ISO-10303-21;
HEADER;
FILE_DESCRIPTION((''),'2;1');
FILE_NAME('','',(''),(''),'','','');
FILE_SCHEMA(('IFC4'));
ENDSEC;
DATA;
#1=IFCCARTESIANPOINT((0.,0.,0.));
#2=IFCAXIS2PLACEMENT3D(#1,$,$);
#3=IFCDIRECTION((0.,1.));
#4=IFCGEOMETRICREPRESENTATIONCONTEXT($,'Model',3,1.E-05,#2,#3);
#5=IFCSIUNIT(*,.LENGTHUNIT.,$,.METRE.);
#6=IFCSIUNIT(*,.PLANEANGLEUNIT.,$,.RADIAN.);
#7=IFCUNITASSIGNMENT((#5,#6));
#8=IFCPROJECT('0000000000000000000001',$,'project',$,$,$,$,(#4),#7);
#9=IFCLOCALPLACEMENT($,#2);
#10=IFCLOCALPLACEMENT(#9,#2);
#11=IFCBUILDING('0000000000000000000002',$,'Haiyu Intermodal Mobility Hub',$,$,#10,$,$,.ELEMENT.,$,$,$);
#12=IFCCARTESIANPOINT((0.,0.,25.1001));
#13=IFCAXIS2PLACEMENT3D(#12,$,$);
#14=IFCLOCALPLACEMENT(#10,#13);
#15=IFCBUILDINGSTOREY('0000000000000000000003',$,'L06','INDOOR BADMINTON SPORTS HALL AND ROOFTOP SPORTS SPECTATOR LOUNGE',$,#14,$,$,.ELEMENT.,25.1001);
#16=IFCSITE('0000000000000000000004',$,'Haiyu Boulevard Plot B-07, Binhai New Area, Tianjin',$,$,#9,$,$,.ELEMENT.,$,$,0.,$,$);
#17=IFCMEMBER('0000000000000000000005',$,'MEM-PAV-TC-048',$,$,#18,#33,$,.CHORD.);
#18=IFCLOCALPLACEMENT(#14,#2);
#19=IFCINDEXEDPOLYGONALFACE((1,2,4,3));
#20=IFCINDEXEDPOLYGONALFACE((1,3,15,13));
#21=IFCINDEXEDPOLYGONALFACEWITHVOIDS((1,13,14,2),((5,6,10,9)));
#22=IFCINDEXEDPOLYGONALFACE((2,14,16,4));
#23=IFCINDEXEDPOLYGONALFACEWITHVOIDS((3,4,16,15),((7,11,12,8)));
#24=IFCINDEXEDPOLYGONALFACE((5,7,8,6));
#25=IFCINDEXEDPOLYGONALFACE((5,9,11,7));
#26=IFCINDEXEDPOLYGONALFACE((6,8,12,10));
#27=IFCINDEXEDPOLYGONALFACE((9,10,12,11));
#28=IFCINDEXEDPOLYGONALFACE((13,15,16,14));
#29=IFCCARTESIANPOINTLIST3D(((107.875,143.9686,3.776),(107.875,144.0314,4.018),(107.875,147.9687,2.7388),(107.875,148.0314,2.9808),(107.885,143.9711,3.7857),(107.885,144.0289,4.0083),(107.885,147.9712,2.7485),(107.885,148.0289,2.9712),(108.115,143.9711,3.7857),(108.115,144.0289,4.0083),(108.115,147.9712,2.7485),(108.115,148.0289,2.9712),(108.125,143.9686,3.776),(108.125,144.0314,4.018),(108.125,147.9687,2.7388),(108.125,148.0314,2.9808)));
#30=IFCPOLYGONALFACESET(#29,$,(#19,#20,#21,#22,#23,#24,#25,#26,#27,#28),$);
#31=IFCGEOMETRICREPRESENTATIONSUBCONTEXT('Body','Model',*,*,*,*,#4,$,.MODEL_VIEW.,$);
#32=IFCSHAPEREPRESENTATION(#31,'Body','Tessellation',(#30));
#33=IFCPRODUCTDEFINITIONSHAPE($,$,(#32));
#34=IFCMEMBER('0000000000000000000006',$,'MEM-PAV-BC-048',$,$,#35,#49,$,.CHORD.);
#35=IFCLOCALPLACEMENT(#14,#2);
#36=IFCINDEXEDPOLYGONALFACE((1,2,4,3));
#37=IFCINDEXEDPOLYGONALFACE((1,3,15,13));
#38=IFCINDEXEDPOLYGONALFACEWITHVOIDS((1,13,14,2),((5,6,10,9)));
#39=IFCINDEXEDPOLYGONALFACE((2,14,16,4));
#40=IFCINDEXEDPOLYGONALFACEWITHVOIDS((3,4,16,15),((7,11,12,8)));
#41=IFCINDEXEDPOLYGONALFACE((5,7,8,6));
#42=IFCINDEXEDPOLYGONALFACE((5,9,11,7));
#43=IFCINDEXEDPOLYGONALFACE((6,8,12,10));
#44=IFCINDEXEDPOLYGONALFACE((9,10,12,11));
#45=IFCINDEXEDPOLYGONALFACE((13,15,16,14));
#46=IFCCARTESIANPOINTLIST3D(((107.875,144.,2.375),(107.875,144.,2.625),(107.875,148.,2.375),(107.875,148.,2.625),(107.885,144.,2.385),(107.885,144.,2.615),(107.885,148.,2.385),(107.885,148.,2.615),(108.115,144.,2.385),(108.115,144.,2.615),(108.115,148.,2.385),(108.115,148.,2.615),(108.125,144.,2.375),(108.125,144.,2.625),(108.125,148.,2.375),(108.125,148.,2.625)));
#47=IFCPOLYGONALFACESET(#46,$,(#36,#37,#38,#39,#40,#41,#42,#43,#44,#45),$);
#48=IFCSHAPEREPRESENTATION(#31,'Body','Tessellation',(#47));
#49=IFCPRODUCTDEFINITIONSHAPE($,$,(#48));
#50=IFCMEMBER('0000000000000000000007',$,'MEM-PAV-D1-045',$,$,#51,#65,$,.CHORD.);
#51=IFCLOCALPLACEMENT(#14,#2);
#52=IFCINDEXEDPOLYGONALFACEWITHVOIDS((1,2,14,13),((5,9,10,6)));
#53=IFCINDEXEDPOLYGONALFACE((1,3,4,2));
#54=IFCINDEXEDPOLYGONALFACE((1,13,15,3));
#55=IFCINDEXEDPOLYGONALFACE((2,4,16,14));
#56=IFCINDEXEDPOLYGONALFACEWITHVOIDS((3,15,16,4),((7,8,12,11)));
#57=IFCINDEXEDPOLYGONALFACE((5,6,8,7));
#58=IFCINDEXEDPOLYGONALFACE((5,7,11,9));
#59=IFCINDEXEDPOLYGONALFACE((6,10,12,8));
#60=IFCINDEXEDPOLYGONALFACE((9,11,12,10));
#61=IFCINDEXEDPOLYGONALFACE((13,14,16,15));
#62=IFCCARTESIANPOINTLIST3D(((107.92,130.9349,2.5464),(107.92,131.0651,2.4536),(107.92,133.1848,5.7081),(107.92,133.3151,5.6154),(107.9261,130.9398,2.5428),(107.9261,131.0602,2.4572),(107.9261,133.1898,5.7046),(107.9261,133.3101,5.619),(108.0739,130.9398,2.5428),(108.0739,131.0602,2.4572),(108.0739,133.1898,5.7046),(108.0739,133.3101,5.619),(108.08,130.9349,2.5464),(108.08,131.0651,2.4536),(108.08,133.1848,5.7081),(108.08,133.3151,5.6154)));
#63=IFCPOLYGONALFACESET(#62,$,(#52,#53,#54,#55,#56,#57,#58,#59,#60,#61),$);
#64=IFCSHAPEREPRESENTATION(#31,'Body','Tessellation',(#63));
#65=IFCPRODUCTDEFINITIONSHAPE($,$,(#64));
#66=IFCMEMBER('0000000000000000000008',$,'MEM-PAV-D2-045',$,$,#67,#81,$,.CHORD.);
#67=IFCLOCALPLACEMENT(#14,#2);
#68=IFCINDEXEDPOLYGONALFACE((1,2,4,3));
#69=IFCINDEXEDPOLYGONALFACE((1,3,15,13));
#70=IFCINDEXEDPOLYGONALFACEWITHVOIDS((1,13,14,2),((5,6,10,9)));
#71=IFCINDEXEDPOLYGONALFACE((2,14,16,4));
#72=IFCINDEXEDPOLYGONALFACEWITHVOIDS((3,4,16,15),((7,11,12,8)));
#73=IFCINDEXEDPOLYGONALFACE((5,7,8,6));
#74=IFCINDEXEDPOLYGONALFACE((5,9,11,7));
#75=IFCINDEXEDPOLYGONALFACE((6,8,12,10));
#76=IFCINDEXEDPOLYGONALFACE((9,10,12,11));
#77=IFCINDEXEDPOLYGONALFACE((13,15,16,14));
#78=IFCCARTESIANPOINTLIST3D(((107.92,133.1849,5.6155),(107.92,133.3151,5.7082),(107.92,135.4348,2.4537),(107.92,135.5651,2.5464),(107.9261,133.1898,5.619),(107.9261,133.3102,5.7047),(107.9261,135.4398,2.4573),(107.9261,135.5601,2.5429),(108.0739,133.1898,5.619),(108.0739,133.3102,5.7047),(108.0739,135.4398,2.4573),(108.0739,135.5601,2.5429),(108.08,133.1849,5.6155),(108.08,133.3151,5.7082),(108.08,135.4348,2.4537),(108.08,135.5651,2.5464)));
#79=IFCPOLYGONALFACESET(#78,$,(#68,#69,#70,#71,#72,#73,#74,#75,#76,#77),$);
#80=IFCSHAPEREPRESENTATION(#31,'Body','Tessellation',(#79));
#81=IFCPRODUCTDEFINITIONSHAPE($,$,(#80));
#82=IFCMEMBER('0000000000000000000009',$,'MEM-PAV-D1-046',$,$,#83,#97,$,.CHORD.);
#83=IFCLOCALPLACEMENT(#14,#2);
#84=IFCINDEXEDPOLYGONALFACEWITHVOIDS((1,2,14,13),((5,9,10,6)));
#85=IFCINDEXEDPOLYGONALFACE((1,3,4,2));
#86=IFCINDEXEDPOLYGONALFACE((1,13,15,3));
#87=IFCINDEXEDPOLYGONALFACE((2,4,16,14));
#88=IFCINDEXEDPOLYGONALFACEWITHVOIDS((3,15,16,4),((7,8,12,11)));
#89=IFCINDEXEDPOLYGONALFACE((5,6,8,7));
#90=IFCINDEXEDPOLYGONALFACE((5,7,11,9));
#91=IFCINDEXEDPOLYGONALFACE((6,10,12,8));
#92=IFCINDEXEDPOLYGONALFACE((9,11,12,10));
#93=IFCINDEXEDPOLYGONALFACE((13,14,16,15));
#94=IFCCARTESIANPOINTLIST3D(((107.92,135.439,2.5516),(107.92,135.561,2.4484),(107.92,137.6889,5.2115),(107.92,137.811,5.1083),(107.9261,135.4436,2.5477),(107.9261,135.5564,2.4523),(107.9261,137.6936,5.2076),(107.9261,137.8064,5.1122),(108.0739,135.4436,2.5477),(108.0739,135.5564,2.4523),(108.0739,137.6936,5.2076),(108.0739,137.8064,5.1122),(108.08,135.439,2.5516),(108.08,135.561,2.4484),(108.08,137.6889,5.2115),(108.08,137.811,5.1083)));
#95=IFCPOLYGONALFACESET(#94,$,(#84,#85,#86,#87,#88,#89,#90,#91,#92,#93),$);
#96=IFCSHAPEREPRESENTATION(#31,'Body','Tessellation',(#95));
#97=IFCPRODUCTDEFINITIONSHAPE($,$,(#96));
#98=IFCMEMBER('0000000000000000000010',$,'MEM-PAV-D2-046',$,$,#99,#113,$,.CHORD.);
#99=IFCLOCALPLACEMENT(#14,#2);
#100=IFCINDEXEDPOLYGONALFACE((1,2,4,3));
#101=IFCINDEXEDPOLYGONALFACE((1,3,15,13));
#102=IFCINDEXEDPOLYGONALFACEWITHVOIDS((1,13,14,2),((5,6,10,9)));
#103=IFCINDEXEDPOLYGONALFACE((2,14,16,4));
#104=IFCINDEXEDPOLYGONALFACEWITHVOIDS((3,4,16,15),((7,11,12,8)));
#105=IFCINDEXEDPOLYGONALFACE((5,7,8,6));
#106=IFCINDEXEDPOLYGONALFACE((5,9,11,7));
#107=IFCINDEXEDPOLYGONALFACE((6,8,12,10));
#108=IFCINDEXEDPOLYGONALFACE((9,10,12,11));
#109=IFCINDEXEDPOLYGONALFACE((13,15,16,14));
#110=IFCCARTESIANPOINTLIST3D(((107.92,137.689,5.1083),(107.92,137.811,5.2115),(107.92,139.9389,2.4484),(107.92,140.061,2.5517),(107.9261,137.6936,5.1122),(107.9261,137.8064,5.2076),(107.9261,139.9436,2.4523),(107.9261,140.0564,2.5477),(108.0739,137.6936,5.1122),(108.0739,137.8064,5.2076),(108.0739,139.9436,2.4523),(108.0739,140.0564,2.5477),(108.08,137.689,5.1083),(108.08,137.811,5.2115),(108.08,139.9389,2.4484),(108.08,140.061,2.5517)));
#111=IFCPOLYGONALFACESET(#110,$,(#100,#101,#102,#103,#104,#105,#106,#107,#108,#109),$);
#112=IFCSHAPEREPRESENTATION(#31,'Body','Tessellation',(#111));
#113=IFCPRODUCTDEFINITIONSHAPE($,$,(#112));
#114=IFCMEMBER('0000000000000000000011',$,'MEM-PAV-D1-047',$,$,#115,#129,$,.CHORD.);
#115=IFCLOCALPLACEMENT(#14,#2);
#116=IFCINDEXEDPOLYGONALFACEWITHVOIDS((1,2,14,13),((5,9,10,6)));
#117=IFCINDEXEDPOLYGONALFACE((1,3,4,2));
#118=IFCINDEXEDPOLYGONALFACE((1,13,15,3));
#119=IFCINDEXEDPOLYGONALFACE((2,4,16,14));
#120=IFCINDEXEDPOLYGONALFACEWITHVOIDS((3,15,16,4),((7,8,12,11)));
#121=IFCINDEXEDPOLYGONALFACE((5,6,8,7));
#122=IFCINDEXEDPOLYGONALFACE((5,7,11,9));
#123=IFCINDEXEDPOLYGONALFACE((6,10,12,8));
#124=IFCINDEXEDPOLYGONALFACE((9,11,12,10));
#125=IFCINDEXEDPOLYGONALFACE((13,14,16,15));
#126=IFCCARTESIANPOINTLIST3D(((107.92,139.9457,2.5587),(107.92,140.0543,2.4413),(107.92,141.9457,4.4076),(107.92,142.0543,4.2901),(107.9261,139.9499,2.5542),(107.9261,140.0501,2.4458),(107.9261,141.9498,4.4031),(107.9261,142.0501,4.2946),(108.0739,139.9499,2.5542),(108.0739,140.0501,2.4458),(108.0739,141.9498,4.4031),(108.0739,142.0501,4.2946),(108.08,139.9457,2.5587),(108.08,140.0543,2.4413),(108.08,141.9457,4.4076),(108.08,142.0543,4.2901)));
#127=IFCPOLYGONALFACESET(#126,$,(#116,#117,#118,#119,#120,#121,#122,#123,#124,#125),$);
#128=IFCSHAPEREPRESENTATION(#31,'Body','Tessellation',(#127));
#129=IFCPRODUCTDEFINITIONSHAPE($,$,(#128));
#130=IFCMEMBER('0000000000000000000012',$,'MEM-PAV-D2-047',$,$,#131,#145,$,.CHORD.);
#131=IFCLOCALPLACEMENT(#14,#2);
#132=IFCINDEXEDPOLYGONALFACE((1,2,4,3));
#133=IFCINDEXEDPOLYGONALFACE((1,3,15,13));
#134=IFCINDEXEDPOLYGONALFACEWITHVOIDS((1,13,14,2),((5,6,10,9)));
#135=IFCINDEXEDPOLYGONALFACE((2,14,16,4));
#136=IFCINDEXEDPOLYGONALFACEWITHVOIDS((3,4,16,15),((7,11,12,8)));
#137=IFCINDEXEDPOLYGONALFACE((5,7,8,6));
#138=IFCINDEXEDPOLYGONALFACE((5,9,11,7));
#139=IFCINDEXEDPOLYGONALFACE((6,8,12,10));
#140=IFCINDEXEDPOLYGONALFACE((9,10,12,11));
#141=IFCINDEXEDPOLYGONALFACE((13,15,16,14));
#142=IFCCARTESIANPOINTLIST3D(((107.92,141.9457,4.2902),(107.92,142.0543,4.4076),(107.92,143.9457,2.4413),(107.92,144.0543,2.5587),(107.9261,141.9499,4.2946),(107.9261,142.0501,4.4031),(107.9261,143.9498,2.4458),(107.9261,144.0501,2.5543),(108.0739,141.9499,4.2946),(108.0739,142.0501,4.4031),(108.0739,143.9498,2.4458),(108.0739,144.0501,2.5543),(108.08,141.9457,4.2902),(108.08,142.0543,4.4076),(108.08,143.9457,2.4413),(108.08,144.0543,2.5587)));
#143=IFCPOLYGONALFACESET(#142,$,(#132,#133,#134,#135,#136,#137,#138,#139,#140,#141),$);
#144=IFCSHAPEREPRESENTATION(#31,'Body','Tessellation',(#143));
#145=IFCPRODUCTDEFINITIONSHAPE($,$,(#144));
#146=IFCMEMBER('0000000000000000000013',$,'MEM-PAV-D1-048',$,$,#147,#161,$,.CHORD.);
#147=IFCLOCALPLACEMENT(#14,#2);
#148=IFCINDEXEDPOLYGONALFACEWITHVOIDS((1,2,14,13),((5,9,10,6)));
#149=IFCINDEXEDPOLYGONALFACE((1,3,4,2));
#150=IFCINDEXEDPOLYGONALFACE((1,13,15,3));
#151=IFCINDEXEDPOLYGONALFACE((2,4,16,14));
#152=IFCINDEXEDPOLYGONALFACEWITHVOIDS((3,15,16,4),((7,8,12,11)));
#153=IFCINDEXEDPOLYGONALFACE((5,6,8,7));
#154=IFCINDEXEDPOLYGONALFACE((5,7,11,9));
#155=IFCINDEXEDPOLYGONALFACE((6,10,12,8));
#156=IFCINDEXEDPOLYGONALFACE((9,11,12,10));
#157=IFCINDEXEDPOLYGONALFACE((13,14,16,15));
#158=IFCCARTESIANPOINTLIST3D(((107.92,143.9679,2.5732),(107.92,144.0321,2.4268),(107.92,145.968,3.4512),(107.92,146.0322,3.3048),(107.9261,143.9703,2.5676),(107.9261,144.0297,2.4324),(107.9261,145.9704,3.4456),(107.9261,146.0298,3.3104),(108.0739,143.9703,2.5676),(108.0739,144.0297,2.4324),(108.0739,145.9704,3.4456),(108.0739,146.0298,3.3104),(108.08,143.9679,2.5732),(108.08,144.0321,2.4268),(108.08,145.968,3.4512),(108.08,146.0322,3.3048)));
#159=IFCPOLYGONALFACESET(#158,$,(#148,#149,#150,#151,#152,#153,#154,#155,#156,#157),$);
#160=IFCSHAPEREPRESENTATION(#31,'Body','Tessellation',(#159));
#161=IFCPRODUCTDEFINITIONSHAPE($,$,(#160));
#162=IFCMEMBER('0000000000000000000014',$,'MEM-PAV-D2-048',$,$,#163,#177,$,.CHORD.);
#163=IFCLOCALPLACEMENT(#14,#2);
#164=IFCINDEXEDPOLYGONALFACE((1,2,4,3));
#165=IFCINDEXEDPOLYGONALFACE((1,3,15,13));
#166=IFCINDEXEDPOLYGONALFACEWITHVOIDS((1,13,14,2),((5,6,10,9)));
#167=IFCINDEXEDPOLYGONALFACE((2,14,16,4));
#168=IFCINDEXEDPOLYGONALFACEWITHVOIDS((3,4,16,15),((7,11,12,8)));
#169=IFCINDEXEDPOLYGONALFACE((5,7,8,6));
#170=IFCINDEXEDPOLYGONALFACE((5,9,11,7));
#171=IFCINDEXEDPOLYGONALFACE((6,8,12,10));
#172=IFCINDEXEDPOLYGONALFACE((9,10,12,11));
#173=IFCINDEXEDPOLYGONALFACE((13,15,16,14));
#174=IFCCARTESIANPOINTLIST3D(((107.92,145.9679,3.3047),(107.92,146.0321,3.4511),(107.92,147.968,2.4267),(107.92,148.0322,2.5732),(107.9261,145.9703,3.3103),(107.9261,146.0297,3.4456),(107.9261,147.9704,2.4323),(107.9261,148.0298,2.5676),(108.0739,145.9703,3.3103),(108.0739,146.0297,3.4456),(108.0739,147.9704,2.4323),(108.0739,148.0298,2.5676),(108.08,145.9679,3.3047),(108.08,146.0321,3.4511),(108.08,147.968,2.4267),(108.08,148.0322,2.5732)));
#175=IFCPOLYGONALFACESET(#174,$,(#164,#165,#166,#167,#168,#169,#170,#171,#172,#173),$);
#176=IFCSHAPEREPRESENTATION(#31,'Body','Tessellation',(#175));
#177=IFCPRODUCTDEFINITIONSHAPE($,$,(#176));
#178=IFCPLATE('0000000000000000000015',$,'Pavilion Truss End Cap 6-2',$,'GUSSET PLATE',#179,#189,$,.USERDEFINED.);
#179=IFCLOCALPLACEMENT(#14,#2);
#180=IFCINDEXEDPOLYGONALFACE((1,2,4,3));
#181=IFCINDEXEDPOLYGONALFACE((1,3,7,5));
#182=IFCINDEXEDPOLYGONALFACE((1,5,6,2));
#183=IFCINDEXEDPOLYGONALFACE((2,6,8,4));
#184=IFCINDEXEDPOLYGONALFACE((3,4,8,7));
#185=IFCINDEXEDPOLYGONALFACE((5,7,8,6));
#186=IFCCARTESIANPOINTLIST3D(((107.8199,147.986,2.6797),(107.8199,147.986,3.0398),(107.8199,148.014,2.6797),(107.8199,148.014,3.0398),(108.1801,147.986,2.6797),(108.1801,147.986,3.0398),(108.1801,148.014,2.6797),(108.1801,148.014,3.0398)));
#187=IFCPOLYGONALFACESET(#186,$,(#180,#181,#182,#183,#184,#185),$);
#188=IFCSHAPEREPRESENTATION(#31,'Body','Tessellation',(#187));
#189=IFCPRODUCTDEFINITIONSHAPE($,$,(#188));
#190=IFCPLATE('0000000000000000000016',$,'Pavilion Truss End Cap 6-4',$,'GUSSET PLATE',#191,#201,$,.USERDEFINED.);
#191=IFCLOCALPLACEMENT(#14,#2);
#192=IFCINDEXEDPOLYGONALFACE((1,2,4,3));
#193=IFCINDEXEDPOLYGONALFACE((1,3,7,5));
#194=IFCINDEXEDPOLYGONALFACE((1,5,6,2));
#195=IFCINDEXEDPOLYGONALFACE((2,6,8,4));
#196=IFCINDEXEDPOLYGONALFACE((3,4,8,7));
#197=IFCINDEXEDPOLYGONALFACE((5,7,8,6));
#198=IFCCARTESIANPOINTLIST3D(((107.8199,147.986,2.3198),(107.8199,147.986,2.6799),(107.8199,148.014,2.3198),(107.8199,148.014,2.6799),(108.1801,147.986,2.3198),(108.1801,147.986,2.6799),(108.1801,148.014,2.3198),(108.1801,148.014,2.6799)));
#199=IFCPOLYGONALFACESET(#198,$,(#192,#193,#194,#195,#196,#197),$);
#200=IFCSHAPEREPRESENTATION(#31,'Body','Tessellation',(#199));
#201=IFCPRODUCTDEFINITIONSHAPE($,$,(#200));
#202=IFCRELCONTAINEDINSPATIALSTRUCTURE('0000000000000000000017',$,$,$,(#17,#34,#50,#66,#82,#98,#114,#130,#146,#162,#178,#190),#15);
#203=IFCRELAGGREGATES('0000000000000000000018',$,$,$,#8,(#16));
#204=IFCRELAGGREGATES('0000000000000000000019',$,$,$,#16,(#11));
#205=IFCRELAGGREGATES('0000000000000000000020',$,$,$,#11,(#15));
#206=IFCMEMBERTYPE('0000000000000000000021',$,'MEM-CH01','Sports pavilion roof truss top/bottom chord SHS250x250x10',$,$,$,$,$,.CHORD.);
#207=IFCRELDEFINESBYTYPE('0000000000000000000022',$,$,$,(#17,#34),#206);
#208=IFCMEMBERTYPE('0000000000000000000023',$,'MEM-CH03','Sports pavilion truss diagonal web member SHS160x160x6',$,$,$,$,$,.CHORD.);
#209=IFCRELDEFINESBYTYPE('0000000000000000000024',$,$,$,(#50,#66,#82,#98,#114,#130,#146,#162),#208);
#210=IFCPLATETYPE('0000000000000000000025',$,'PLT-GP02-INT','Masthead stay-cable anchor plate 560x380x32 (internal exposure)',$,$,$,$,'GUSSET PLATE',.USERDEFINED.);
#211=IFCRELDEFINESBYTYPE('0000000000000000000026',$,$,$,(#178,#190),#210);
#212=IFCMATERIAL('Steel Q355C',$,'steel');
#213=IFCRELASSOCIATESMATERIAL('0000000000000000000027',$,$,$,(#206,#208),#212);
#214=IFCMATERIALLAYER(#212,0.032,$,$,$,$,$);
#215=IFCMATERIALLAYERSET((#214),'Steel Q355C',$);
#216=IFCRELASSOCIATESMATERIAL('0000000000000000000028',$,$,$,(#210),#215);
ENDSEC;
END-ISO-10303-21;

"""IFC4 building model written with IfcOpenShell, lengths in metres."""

from ifc_helpers import new_model, si_unit, direction, frame, origin, origin_2d, place, context, subcontext, project, spatial, rectangle, hollow_rectangle, extrude, material, layer, layer_set, material_profile, profile_set, type_object, element, save


model = new_model("IFC4")

# Units and contexts
model_context = context("Model", 3, precision=1e-05, world=origin(), true_north=direction((0.0, 1.0)))
body_context = subcontext(model_context, "Body", "Model", "MODEL_VIEW")
ifc_project = project(units=[si_unit("LENGTHUNIT", "METRE"), si_unit("PLANEANGLEUNIT", "RADIAN")], contexts=[model_context])

# Site, building, storey
site_placement = place(None, origin())
site = spatial("IfcSite", under=ifc_project, at=site_placement, Name="Haiyu Boulevard Plot B-07, Binhai New Area, Tianjin", CompositionType="ELEMENT", RefElevation=0.0)
building_placement = place(site_placement, origin())
building = spatial("IfcBuilding", under=site, at=building_placement, Name="Haiyu Intermodal Mobility Hub", CompositionType="ELEMENT")
storey_placement = place(building_placement, frame((0.0, 0.0, 25.1001)))
storey = spatial("IfcBuildingStorey", under=building, at=storey_placement, Name="L06", Description="INDOOR BADMINTON SPORTS HALL AND ROOFTOP SPORTS SPECTATOR LOUNGE", CompositionType="ELEMENT", Elevation=25.1001)

# Shared definitions
ifc_material_1 = material(Name="Steel Q355C", Category="steel")

# Members
ifc_material_profile_1 = material_profile(ifc_material_1, hollow_rectangle(XDim=0.25, YDim=0.25, WallThickness=0.01, at=origin_2d()), Name="SHS250x250x10")
ifc_profile_set_1 = profile_set([ifc_material_profile_1], Name="Steel Q355C")
member_type_1 = type_object("IfcMemberType", Name="MEM-CH01", Description="Sports pavilion roof truss top/bottom chord SHS250x250x10", PredefinedType="CHORD", material=ifc_profile_set_1)
member_1_placement = place(storey_placement, frame((108.0, 144.0, 3.897), z_axis=(0.0, 0.967993, -0.250979), x_axis=(-1.0, 0.0, 0.0)))
element("IfcMember", 1, at=member_1_placement, inside=storey, type_object=member_type_1, Name="MEM-PAV-TC-048", PredefinedType="CHORD", context=body_context, shape_type="SweptSolid", body=[
    extrude(hollow_rectangle(XDim=0.25, YDim=0.25, WallThickness=0.01, at=origin_2d()), origin(), (0.0, 0.0, 1.0), 4.1323),
])
member_2_placement = place(storey_placement, frame((108.0, 144.0, 2.5), z_axis=(0.0, 1.0, 0.0), x_axis=(-1.0, 0.0, 0.0)))
element("IfcMember", 2, at=member_2_placement, inside=storey, type_object=member_type_1, Name="MEM-PAV-BC-048", PredefinedType="CHORD", context=body_context, shape_type="SweptSolid", body=[
    extrude(hollow_rectangle(XDim=0.25, YDim=0.25, WallThickness=0.01, at=origin_2d()), origin(), (0.0, 0.0, 1.0), 4.0),
])
ifc_material_profile_2 = material_profile(ifc_material_1, hollow_rectangle(XDim=0.1599, YDim=0.1599, WallThickness=0.0061, at=origin_2d()), Name="SHS160x160x6")
ifc_profile_set_2 = profile_set([ifc_material_profile_2], Name="Steel Q355C")
member_type_2 = type_object("IfcMemberType", Name="MEM-CH03", Description="Sports pavilion truss diagonal web member SHS160x160x6", PredefinedType="CHORD", material=ifc_profile_set_2)
for number, where, z_axis, x_axis, name in (
    (3, (108.0, 131.0, 2.5), (0.0, 0.579791, 0.814765), (-1.0, 0.0, 0.0), "MEM-PAV-D1-045"),
    (4, (108.0, 133.25, 5.6619), (0.0, 0.579791, -0.814765), (-1.0, 0.0, 0.0), "MEM-PAV-D2-045"),
):
    element("IfcMember", number, at=place(storey_placement, frame(where, z_axis=z_axis, x_axis=x_axis)), inside=storey, type_object=member_type_2, Name=name, PredefinedType="CHORD", context=body_context, shape_type="SweptSolid", body=[
        extrude(hollow_rectangle(XDim=0.1599, YDim=0.1599, WallThickness=0.0061, at=origin_2d()), origin(), (0.0, 0.0, 1.0), 3.8806),
    ])
for number, where, z_axis, x_axis, name in (
    (5, (108.0, 135.5, 2.5), (0.0, 0.645826, 0.763485), (-1.0, 0.0, 0.0), "MEM-PAV-D1-046"),
    (6, (108.0, 137.75, 5.1599), (0.0, 0.645826, -0.763485), (-1.0, 0.0, 0.0), "MEM-PAV-D2-046"),
):
    element("IfcMember", number, at=place(storey_placement, frame(where, z_axis=z_axis, x_axis=x_axis)), inside=storey, type_object=member_type_2, Name=name, PredefinedType="CHORD", context=body_context, shape_type="SweptSolid", body=[
        extrude(hollow_rectangle(XDim=0.1599, YDim=0.1599, WallThickness=0.0061, at=origin_2d()), origin(), (0.0, 0.0, 1.0), 3.4839),
    ])
for number, where, z_axis, x_axis, name in (
    (7, (108.0, 140.0, 2.5), (0.0, 0.734305, 0.67882), (-1.0, 0.0, 0.0), "MEM-PAV-D1-047"),
    (8, (108.0, 142.0, 4.3489), (0.0, 0.734305, -0.67882), (-1.0, 0.0, 0.0), "MEM-PAV-D2-047"),
):
    element("IfcMember", number, at=place(storey_placement, frame(where, z_axis=z_axis, x_axis=x_axis)), inside=storey, type_object=member_type_2, Name=name, PredefinedType="CHORD", context=body_context, shape_type="SweptSolid", body=[
        extrude(hollow_rectangle(XDim=0.1599, YDim=0.1599, WallThickness=0.0061, at=origin_2d()), origin(), (0.0, 0.0, 1.0), 2.7236),
    ])
for number, where, z_axis, x_axis, name in (
    (9, (108.0, 144.0, 2.5), (0.0, 0.915664, 0.401944), (-1.0, 0.0, 0.0), "MEM-PAV-D1-048"),
    (10, (108.0, 146.0, 3.3779), (0.0, 0.915664, -0.401944), (-1.0, 0.0, 0.0), "MEM-PAV-D2-048"),
):
    element("IfcMember", number, at=place(storey_placement, frame(where, z_axis=z_axis, x_axis=x_axis)), inside=storey, type_object=member_type_2, Name=name, PredefinedType="CHORD", context=body_context, shape_type="SweptSolid", body=[
        extrude(hollow_rectangle(XDim=0.1599, YDim=0.1599, WallThickness=0.0061, at=origin_2d()), origin(), (0.0, 0.0, 1.0), 2.1843),
    ])

# Plates
ifc_layer_1 = layer(ifc_material_1, 0.032)
ifc_layer_set_1 = layer_set([ifc_layer_1], Name="Steel Q355C")
plate_type_1 = type_object("IfcPlateType", Name="PLT-GP02-INT", Description="Masthead stay-cable anchor plate 560x380x32 (internal exposure)", ElementType="GUSSET PLATE", PredefinedType="USERDEFINED", material=ifc_layer_set_1)
for number, where, z_axis, x_axis, name in (
    (11, (108.0, 148.0, 2.6797), (0.0, 0.0, 1.0), (1.0, 0.0, 0.0), "Pavilion Truss End Cap 6-2"),
    (12, (108.0, 148.0, 2.3198), (0.0, 0.0, 1.0), (1.0, 0.0, 0.0), "Pavilion Truss End Cap 6-4"),
):
    element("IfcPlate", number, at=place(storey_placement, frame(where, z_axis=z_axis, x_axis=x_axis)), inside=storey, type_object=plate_type_1, Name=name, ObjectType="GUSSET PLATE", PredefinedType="USERDEFINED", context=body_context, shape_type="SweptSolid", body=[
        extrude(rectangle(XDim=0.3601, YDim=0.0281, at=origin_2d()), origin(), (0.0, 0.0, 1.0), 0.3601),
    ])

save(model, "model.ifc")
